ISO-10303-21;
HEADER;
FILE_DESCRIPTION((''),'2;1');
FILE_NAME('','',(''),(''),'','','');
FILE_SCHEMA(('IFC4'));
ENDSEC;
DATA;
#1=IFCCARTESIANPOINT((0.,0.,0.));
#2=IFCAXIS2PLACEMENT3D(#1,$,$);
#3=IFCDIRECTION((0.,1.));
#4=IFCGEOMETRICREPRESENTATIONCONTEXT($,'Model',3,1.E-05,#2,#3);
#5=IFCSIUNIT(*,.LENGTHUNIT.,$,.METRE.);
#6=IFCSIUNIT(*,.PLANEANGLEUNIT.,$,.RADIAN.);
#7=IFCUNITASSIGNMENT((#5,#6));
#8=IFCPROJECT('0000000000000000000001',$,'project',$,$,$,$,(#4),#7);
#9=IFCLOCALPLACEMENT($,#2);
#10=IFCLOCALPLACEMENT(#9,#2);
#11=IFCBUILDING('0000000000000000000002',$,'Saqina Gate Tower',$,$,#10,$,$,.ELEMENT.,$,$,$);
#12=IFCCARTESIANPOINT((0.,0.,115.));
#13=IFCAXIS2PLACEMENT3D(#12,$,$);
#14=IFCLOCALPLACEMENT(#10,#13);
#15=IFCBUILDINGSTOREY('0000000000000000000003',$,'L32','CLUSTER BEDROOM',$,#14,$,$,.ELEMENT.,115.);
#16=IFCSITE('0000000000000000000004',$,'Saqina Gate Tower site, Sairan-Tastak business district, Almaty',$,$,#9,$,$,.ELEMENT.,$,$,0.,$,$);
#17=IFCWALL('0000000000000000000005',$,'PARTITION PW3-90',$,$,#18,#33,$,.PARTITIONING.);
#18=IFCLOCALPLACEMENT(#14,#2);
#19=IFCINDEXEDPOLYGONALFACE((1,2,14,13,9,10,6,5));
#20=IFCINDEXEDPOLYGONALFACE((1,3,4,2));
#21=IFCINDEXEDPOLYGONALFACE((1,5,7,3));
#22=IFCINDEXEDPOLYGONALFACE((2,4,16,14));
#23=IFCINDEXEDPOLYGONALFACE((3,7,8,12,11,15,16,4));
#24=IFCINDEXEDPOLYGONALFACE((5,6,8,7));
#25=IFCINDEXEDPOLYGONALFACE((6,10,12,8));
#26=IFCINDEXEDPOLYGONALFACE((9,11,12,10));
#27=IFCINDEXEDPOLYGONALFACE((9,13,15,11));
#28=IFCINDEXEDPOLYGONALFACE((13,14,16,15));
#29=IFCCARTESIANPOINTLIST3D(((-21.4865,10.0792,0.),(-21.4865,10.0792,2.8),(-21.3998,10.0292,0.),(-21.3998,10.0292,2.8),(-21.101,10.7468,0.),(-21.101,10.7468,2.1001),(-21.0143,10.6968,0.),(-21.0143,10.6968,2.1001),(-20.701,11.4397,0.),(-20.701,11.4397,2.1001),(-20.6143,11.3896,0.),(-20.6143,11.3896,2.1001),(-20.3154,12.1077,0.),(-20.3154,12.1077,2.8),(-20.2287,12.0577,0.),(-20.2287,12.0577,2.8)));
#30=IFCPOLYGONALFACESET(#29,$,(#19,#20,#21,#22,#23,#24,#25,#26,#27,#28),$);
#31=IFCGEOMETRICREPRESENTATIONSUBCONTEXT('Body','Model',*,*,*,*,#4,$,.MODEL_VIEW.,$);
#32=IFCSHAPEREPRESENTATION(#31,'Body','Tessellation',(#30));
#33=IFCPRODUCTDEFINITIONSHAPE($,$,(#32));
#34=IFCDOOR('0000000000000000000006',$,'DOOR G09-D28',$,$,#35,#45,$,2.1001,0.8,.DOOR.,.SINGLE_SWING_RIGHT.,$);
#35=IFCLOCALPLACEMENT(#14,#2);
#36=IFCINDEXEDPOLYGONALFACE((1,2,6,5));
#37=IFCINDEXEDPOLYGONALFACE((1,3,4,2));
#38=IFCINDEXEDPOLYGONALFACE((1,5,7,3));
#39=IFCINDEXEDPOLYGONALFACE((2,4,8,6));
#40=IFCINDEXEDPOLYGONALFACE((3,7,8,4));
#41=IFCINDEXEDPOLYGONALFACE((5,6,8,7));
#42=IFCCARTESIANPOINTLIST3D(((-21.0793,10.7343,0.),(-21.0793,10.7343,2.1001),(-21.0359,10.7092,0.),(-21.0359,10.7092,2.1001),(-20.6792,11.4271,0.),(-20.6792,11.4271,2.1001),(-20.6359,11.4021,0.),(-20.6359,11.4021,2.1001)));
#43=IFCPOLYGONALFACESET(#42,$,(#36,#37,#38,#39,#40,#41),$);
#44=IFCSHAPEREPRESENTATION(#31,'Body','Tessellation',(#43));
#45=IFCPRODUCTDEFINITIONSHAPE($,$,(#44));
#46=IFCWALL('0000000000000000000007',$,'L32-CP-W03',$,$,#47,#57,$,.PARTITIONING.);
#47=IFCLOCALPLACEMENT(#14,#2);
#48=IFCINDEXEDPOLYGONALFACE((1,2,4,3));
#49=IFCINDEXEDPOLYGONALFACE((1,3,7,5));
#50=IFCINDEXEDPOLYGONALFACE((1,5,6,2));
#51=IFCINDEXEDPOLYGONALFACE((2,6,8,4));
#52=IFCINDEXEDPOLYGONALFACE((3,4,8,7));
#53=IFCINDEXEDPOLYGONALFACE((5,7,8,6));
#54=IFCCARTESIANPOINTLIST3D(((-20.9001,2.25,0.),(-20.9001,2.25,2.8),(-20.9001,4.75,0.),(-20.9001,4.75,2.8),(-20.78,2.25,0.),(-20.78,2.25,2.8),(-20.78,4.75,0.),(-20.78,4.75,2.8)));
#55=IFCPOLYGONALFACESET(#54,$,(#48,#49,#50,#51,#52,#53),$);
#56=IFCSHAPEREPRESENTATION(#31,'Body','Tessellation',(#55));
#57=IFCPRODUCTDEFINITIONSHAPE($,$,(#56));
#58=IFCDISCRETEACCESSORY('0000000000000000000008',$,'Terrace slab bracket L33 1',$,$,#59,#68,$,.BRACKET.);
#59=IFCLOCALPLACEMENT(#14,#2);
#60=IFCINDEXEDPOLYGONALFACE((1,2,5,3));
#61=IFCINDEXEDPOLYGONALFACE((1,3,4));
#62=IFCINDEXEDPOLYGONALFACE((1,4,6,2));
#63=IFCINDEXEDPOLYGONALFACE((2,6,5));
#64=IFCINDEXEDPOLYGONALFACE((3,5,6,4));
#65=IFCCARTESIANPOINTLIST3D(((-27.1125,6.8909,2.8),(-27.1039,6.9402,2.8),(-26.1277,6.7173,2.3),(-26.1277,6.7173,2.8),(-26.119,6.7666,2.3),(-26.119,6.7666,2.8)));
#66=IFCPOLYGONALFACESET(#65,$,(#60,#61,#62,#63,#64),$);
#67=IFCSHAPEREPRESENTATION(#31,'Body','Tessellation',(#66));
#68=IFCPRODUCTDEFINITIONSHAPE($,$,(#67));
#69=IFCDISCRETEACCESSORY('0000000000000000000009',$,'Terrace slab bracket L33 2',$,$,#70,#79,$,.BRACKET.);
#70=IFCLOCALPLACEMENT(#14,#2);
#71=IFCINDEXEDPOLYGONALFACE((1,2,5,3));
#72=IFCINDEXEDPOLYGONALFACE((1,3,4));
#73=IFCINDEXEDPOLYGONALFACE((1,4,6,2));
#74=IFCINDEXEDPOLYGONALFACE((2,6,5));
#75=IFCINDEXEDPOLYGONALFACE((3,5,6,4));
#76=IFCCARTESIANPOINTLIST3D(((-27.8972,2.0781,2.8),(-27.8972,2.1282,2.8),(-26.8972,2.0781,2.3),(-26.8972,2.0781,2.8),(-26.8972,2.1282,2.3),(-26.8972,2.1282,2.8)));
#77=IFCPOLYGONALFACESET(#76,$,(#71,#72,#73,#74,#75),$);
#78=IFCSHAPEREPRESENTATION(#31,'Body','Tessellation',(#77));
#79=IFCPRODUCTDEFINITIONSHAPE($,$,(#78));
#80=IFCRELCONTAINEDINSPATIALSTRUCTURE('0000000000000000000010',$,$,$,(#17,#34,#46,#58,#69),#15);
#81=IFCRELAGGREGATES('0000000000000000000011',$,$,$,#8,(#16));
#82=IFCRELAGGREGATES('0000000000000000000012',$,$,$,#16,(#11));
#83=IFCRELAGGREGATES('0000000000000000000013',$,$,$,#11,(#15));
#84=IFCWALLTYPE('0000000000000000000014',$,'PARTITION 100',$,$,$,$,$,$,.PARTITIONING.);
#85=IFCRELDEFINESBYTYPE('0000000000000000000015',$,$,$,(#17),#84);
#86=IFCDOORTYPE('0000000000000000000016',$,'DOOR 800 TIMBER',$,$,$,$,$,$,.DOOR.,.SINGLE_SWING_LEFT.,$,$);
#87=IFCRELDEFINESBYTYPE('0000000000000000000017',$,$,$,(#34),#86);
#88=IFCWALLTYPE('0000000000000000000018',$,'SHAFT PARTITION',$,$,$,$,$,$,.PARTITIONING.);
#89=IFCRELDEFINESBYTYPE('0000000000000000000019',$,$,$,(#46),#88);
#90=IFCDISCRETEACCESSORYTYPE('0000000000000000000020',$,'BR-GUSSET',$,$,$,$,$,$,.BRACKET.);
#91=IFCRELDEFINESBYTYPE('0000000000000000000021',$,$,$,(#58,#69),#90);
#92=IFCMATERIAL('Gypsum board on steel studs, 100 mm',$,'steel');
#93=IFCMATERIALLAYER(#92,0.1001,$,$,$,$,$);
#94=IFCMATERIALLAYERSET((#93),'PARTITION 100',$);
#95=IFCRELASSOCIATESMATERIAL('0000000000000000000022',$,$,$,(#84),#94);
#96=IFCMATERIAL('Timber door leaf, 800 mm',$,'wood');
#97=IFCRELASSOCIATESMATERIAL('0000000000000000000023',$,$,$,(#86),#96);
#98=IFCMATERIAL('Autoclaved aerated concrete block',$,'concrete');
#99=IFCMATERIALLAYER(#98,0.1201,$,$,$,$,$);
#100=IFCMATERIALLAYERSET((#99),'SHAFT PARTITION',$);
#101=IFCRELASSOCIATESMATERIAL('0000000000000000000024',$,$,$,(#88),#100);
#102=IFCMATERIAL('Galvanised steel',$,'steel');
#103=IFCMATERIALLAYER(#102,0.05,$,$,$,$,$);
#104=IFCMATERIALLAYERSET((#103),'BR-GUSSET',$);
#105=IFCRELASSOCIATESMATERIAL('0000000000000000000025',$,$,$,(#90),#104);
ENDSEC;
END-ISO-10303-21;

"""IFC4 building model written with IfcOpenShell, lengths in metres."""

from ifc_helpers import new_model, si_unit, direction, frame, frame_2d, origin, place, context, subcontext, project, spatial, polyline, rectangle, outline, extrude, material, layer, layer_set, type_object, element, fill, save


model = new_model("IFC4")

# Units and contexts
model_context = context("Model", 3, precision=1e-05, world=origin(), true_north=direction((0.0, 1.0)))
body_context = subcontext(model_context, "Body", "Model", "MODEL_VIEW")
ifc_project = project(units=[si_unit("LENGTHUNIT", "METRE"), si_unit("PLANEANGLEUNIT", "RADIAN")], contexts=[model_context])

# Site, building, storey
site_placement = place(None, origin())
site = spatial("IfcSite", under=ifc_project, at=site_placement, Name="Saqina Gate Tower site, Sairan-Tastak business district, Almaty", CompositionType="ELEMENT", RefElevation=0.0)
building_placement = place(site_placement, origin())
building = spatial("IfcBuilding", under=site, at=building_placement, Name="Saqina Gate Tower", CompositionType="ELEMENT")
storey_placement = place(building_placement, frame((0.0, 0.0, 115.0)))
storey = spatial("IfcBuildingStorey", under=building, at=storey_placement, Name="L32", Description="CLUSTER BEDROOM", CompositionType="ELEMENT", Elevation=115.0)

# Wall, opening, door
ifc_material_1 = material(Name="Gypsum board on steel studs, 100 mm", Category="steel")
ifc_layer_1 = layer(ifc_material_1, 0.1001)
ifc_layer_set_1 = layer_set([ifc_layer_1], Name="PARTITION 100")
wall_type_1 = type_object("IfcWallType", Name="PARTITION 100", PredefinedType="PARTITIONING", material=ifc_layer_set_1)
wall_1_placement = place(storey_placement, frame((-21.4431, 10.0542, 0.0), z_axis=(0.0, 0.0, 1.0), x_axis=(0.499984, 0.866035, 0.0)))
wall_1 = element("IfcWall", 1, at=wall_1_placement, inside=storey, type_object=wall_type_1, Name="PARTITION PW3-90", PredefinedType="PARTITIONING", context=body_context, shape_type="SweptSolid", body=[
    extrude(rectangle(XDim=2.3423, YDim=0.1001, at=frame_2d((1.1711, 0.0))), origin(), (0.0, 0.0, 1.0), 2.8),
])
opening_1_placement = place(wall_1_placement, frame((0.771, 0.0, 0.0)))
opening_1 = element("IfcOpeningElement", 2, at=opening_1_placement, cuts=wall_1, PredefinedType="OPENING", context=body_context, shape_type="SweptSolid", body=[
    extrude(rectangle(XDim=0.8, YDim=2.1001, at=frame_2d((0.3999, 1.05))), frame((0.0, 0.062, 0.0), z_axis=(0.0, -1.0, 0.0), x_axis=(1.0, 0.0, 0.0)), (0.0, 0.0, 1.0), 0.124),
])
ifc_material_2 = material(Name="Timber door leaf, 800 mm", Category="wood")
door_type_1 = type_object("IfcDoorType", Name="DOOR 800 TIMBER", OperationType="SINGLE_SWING_LEFT", PredefinedType="DOOR", material=ifc_material_2)
door_1_placement = place(opening_1_placement, origin())
door_1 = element("IfcDoor", 3, at=door_1_placement, inside=storey, type_object=door_type_1, Name="DOOR G09-D28", OperationType="SINGLE_SWING_RIGHT", OverallHeight=2.1001, OverallWidth=0.8, PredefinedType="DOOR", context=body_context, shape_type="SweptSolid", body=[
    extrude(rectangle(XDim=0.8, YDim=2.1001, at=frame_2d((0.3999, 1.05))), frame((0.0, 0.0249, 0.0), z_axis=(0.0, -1.0, 0.0), x_axis=(1.0, 0.0, 0.0)), (0.0, 0.0, 1.0), 0.05),
])
fill(opening_1, door_1)

# Wall
ifc_material_3 = material(Name="Autoclaved aerated concrete block", Category="concrete")
ifc_layer_2 = layer(ifc_material_3, 0.1201)
ifc_layer_set_2 = layer_set([ifc_layer_2], Name="SHAFT PARTITION")
wall_type_2 = type_object("IfcWallType", Name="SHAFT PARTITION", PredefinedType="PARTITIONING", material=ifc_layer_set_2)
wall_2_placement = place(storey_placement, frame((-20.8401, 2.25, 0.0), z_axis=(0.0, 0.0, 1.0), x_axis=(0.0, 1.0, 0.0)))
element("IfcWall", 4, at=wall_2_placement, inside=storey, type_object=wall_type_2, Name="L32-CP-W03", PredefinedType="PARTITIONING", context=body_context, shape_type="SweptSolid", body=[
    extrude(rectangle(XDim=2.5, YDim=0.1201, at=frame_2d((1.25, 0.0))), origin(), (0.0, 0.0, 1.0), 2.8),
])

# Discrete accessories
ifc_material_4 = material(Name="Galvanised steel", Category="steel")
ifc_layer_3 = layer(ifc_material_4, 0.05)
ifc_layer_set_3 = layer_set([ifc_layer_3], Name="BR-GUSSET")
discrete_accessory_type = type_object("IfcDiscreteAccessoryType", Name="BR-GUSSET", PredefinedType="BRACKET", material=ifc_layer_set_3)
discrete_accessory_1_placement = place(storey_placement, frame((-26.1277, 6.7173, 2.3), z_axis=(-0.173576, -0.98482, 0.0), x_axis=(0.0, 0.0, 1.0)))
element("IfcDiscreteAccessory", 5, at=discrete_accessory_1_placement, inside=storey, type_object=discrete_accessory_type, Name="Terrace slab bracket L33 1", PredefinedType="BRACKET", context=body_context, shape_type="SweptSolid", body=[
    extrude(outline(polyline([(0.0, 0.0), (0.5, 0.0), (0.5, 1.0), (0.0, 0.0)])), origin(), (0.0, 0.0, -1.0), 0.05),
])
discrete_accessory_2_placement = place(storey_placement, frame((-26.8972, 2.0781, 2.3), z_axis=(0.0, -1.0, 0.0), x_axis=(0.0, 0.0, 1.0)))
element("IfcDiscreteAccessory", 6, at=discrete_accessory_2_placement, inside=storey, type_object=discrete_accessory_type, Name="Terrace slab bracket L33 2", PredefinedType="BRACKET", context=body_context, shape_type="SweptSolid", body=[
    extrude(outline(polyline([(0.0, 0.0), (0.5, 0.0), (0.5, 1.0), (0.0, 0.0)])), origin(), (0.0, 0.0, -1.0), 0.05),
])

save(model, "model.ifc")
